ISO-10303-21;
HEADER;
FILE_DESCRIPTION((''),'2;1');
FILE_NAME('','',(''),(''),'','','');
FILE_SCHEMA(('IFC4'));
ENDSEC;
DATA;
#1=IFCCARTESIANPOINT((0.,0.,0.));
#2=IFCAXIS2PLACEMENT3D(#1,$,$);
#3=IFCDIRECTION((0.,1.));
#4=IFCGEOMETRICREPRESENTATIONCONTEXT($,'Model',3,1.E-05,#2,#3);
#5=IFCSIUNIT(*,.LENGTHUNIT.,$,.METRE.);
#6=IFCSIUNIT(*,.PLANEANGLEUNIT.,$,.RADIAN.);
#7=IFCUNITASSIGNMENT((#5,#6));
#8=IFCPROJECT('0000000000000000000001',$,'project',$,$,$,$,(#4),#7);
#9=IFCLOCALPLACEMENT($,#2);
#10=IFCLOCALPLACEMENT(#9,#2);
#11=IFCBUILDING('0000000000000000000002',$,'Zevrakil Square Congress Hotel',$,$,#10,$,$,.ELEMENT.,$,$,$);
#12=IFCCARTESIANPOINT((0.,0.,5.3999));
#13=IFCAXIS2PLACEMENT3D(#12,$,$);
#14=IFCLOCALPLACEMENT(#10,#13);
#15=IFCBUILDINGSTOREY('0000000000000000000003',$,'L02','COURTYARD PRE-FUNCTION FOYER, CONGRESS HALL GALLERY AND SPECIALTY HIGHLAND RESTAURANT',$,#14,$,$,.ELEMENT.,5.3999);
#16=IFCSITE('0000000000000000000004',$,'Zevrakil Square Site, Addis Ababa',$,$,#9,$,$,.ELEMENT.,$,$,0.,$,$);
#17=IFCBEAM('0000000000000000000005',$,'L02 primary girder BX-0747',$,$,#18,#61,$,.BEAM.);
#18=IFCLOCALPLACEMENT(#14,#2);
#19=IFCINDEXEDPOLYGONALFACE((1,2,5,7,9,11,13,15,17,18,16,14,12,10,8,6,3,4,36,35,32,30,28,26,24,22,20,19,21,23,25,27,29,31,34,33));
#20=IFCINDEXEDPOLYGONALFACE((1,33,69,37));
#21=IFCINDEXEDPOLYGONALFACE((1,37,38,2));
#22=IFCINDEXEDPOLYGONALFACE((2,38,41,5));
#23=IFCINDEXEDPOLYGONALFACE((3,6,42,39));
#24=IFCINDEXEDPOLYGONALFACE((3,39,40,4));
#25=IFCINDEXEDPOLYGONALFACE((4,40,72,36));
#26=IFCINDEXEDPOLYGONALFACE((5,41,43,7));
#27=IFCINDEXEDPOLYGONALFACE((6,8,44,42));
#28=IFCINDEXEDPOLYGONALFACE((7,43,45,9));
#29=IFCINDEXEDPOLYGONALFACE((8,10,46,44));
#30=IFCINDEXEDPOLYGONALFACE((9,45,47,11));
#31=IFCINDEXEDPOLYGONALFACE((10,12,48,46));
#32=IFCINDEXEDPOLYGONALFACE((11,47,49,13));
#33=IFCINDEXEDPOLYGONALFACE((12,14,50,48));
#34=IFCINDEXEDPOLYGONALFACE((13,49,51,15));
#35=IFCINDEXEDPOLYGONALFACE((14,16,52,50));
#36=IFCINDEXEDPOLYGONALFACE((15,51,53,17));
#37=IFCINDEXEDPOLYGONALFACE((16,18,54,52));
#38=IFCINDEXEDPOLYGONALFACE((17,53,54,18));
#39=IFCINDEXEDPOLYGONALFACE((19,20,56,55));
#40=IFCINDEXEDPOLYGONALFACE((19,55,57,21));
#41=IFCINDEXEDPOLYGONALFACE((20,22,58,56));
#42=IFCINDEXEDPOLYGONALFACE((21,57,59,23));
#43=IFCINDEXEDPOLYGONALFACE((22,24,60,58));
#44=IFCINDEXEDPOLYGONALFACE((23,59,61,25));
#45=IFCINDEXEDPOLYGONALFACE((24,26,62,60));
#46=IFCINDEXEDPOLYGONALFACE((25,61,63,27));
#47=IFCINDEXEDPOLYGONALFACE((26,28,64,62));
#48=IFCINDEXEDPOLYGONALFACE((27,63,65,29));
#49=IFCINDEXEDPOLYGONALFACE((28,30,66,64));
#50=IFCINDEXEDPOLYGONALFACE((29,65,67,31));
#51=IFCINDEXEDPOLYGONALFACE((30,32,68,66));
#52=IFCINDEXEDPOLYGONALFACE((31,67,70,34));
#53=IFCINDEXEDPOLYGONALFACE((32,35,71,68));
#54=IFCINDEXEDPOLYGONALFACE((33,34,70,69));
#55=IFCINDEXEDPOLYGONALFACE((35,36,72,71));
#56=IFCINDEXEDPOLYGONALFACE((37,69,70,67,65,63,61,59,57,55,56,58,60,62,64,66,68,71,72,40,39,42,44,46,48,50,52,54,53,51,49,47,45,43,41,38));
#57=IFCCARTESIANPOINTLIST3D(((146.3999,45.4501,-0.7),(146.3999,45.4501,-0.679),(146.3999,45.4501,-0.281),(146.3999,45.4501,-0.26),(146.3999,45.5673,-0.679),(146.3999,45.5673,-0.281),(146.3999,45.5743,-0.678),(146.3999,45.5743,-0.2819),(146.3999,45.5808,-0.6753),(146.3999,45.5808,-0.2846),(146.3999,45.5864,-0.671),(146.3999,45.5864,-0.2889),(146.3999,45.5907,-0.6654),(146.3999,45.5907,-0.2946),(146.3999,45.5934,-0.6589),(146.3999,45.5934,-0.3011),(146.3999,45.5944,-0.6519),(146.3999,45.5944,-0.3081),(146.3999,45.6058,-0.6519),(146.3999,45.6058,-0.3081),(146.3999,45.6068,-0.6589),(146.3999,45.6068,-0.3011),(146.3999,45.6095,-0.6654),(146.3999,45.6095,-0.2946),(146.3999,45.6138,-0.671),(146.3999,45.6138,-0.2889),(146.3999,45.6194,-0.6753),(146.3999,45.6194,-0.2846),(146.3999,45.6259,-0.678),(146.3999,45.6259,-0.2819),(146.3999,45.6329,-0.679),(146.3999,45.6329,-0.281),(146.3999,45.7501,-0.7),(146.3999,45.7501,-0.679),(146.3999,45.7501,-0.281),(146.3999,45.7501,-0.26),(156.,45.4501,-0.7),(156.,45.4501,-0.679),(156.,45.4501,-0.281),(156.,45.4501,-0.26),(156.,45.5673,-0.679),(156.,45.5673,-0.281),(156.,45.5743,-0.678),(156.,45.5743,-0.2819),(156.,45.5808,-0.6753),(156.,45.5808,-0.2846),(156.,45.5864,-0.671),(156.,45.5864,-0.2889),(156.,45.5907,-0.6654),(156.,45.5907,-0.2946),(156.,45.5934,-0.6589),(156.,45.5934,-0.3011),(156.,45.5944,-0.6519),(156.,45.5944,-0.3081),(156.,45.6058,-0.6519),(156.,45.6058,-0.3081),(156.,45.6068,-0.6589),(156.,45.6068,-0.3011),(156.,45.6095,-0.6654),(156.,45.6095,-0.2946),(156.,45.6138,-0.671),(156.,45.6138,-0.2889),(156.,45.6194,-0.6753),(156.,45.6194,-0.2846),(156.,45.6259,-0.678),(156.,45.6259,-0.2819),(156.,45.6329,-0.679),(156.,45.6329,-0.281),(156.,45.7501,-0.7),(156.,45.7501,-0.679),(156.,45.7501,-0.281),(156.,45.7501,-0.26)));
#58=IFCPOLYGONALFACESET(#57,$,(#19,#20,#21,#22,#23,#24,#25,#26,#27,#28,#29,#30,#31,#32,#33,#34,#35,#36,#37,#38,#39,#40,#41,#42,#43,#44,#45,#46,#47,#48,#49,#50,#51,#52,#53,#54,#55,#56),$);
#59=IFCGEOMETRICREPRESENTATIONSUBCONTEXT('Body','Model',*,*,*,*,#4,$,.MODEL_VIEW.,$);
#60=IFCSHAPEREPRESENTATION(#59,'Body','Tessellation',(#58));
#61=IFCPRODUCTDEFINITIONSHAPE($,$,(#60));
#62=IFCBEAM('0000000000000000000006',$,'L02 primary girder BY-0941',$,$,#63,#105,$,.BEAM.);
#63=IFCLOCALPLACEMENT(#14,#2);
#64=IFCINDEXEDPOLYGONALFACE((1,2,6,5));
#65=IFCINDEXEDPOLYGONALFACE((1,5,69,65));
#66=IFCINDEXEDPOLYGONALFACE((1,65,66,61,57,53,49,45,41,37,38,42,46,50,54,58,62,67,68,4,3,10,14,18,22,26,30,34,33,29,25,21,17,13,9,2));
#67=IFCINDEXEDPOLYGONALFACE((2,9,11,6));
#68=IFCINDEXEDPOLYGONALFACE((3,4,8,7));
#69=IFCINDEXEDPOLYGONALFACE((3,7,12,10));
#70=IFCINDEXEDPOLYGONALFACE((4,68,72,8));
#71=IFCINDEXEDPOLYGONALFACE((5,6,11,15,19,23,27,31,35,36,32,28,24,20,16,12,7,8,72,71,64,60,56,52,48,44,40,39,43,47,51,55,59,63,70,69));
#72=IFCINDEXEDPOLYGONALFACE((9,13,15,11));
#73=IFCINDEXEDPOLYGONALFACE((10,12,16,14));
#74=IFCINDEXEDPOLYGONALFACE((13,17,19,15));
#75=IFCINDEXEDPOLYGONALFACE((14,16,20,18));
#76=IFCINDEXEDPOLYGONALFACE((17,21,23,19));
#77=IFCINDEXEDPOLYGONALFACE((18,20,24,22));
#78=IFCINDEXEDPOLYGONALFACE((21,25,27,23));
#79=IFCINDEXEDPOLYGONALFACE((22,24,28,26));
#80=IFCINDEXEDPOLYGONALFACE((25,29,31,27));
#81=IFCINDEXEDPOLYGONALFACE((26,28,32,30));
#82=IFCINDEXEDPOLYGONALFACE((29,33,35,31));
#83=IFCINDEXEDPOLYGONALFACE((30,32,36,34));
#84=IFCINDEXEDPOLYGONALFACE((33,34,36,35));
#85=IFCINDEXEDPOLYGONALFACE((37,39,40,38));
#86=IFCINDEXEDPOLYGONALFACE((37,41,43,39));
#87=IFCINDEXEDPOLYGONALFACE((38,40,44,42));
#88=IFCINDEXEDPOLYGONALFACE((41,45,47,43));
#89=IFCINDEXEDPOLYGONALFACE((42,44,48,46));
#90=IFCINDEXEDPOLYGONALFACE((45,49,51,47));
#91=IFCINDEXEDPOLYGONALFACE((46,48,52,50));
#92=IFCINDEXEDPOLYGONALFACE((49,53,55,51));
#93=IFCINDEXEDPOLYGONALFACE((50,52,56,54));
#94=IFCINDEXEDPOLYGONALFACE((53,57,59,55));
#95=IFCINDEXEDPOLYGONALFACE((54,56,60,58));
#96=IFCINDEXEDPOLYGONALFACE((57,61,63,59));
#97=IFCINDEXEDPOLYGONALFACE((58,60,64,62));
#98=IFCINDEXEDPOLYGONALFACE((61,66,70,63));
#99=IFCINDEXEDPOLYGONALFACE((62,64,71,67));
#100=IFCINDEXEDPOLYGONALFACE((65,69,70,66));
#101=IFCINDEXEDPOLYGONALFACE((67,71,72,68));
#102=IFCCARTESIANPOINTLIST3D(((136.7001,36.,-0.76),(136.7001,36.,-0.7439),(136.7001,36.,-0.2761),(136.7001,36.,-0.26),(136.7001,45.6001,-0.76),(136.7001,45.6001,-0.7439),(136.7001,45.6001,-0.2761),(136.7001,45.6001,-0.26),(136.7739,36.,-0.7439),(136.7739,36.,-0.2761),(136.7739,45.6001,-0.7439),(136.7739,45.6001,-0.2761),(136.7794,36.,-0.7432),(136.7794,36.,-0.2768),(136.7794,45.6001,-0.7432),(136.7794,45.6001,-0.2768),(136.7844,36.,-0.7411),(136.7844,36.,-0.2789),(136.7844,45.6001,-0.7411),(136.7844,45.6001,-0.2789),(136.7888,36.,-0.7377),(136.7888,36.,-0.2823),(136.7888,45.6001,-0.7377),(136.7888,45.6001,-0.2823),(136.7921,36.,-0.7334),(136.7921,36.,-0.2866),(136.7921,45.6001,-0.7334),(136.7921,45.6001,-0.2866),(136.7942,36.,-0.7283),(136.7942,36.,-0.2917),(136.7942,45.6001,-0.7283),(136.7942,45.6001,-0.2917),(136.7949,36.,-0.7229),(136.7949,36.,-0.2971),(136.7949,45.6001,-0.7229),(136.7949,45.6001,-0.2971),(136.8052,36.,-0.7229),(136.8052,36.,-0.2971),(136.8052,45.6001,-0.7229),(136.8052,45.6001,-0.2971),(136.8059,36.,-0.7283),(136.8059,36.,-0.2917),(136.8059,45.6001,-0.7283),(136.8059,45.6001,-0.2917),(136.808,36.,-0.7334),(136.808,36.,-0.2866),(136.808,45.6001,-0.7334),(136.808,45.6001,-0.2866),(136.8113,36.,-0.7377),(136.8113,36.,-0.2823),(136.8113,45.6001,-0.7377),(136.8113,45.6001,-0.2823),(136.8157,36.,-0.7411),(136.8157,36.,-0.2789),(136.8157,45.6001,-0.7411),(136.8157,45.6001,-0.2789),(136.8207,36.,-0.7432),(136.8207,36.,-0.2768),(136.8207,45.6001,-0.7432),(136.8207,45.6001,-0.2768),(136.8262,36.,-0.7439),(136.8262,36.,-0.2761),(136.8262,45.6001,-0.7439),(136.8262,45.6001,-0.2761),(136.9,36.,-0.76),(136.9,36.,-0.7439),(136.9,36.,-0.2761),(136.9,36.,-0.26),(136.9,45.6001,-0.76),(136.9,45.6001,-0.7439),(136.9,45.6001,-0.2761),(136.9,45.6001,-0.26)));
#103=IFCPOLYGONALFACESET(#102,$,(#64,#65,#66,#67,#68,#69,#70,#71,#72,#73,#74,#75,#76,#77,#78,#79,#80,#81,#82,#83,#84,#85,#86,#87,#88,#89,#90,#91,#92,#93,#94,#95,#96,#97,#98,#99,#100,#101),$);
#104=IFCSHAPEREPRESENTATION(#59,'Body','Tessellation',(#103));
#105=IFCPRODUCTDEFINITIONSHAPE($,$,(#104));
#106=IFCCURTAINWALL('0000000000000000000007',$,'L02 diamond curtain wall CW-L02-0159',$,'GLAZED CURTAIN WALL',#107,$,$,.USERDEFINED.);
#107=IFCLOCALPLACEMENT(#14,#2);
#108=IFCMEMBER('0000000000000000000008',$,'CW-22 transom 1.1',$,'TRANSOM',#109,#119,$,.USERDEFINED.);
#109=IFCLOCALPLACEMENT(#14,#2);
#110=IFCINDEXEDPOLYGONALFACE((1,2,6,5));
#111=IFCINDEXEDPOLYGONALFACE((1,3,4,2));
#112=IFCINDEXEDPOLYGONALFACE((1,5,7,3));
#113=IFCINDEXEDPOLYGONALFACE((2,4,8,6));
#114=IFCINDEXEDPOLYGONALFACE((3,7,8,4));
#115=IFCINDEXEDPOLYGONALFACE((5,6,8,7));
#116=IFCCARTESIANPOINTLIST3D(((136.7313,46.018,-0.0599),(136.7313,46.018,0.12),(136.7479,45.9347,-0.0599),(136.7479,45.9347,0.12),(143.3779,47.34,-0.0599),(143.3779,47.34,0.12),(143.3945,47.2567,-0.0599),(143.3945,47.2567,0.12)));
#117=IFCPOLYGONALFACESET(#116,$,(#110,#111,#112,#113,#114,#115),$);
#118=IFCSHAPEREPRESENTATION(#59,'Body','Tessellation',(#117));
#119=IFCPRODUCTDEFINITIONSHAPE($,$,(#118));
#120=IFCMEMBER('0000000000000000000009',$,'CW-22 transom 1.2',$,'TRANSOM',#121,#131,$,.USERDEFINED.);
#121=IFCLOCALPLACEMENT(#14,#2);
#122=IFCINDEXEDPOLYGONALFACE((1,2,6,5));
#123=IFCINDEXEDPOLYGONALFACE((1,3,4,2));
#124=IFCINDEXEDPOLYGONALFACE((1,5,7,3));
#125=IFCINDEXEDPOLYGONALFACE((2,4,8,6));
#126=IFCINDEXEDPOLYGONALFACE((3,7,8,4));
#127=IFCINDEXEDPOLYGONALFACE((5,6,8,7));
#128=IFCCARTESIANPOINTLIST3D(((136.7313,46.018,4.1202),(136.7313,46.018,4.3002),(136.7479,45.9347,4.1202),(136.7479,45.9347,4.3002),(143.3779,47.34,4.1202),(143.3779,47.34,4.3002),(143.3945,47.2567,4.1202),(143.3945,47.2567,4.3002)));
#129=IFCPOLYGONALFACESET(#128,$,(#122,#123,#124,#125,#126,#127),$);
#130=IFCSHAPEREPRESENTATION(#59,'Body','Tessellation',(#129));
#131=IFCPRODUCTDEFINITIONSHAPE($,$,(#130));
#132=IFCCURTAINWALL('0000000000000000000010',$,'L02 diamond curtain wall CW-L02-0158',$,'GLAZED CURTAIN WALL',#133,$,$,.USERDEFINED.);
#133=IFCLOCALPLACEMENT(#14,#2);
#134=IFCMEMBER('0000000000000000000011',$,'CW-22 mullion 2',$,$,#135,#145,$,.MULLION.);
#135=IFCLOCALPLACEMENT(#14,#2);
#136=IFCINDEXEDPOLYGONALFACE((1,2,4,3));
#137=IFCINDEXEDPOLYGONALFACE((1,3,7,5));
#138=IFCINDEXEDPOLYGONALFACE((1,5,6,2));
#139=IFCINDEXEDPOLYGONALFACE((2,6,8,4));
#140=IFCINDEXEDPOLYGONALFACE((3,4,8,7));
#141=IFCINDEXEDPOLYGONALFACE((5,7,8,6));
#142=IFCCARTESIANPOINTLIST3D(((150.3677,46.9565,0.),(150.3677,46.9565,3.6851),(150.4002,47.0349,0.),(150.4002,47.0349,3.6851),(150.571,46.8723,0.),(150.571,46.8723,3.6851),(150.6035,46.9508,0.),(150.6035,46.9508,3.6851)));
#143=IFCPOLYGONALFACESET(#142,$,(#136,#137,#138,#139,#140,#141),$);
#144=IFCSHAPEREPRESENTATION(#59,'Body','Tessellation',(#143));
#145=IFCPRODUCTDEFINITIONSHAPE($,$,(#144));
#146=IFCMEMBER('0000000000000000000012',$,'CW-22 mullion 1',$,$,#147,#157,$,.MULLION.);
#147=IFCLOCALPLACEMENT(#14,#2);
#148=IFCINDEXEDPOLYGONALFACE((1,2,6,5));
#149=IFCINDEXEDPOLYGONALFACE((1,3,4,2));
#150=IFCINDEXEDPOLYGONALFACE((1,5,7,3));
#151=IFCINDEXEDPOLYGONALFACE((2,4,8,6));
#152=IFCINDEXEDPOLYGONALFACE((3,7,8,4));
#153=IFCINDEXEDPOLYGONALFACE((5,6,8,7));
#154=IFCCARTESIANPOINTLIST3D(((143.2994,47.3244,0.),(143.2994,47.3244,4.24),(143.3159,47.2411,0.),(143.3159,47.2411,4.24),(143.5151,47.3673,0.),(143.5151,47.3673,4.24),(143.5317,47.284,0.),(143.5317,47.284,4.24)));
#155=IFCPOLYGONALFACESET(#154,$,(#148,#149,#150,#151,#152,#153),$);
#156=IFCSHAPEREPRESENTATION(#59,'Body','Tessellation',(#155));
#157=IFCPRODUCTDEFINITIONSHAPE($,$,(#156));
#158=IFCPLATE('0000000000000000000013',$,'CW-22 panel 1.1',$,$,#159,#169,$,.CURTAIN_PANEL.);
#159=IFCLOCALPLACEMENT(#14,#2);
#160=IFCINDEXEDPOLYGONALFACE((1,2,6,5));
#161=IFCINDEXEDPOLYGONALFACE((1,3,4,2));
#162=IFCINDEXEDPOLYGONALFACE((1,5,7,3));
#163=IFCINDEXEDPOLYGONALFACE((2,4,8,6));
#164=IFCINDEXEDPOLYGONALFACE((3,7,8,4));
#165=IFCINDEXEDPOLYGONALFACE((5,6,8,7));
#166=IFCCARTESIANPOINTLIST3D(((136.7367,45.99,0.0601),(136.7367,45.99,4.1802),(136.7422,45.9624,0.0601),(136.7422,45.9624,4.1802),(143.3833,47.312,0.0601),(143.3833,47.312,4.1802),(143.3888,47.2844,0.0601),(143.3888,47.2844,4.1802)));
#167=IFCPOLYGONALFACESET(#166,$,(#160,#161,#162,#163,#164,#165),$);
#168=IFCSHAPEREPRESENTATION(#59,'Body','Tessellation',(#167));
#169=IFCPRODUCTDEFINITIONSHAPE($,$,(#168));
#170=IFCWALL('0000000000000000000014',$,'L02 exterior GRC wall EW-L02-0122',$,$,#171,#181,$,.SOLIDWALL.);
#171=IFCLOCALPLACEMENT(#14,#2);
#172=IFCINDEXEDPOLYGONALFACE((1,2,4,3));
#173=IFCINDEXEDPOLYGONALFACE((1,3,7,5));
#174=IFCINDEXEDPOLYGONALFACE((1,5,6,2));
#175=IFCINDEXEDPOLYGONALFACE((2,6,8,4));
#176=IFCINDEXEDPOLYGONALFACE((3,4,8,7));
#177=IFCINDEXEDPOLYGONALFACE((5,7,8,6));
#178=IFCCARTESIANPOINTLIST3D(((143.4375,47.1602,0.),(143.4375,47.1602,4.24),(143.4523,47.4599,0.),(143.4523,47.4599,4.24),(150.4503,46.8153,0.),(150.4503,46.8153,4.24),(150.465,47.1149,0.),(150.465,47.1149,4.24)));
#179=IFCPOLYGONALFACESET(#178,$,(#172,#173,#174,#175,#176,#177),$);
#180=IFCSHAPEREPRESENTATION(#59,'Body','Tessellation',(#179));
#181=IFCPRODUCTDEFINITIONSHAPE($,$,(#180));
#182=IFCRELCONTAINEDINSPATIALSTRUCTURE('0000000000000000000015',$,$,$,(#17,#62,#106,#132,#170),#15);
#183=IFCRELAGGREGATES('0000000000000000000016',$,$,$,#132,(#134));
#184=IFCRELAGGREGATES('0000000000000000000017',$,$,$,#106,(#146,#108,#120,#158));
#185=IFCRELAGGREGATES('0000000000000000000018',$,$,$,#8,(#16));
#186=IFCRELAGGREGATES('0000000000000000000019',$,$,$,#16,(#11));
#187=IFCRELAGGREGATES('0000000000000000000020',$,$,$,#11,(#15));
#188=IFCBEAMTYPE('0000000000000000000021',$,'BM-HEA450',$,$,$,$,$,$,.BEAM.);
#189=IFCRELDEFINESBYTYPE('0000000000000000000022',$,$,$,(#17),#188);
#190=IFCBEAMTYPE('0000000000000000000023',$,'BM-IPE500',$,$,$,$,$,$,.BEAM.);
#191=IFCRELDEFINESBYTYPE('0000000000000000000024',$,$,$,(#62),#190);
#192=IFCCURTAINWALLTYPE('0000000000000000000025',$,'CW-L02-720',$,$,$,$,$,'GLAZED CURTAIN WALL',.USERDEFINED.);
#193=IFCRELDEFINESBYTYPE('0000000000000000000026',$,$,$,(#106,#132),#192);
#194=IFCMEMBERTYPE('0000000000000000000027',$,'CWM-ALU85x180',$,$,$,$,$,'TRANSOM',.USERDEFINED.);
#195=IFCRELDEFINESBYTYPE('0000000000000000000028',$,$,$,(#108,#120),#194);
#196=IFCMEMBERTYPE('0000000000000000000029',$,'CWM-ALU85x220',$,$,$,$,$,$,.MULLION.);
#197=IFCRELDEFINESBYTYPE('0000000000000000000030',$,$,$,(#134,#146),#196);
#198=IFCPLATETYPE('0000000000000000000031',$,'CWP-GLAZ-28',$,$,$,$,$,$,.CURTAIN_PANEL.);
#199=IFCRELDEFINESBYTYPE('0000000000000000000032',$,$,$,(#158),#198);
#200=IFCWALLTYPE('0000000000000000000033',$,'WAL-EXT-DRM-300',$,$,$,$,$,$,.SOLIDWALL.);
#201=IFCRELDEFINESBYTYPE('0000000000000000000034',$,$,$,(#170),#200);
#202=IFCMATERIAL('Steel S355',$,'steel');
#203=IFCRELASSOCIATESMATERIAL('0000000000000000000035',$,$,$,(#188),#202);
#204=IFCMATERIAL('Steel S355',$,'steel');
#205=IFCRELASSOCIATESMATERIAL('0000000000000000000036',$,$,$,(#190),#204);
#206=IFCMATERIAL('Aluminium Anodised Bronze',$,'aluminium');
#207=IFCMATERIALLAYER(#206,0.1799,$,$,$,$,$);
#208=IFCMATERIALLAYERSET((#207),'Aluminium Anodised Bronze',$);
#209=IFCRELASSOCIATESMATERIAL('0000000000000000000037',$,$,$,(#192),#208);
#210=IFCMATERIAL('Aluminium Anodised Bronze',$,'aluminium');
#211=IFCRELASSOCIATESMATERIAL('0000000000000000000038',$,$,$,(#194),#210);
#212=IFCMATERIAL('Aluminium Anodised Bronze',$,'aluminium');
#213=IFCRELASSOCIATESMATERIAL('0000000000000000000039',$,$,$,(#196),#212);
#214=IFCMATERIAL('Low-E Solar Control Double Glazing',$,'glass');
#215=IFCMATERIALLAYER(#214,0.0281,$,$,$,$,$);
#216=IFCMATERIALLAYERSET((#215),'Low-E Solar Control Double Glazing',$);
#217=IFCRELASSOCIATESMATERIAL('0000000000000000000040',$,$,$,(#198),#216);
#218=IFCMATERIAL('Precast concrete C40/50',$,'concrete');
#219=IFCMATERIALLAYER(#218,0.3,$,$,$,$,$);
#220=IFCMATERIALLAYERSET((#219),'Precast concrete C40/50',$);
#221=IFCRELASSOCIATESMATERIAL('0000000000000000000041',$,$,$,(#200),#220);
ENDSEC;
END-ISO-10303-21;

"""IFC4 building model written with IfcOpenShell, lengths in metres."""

from ifc_helpers import new_model, si_unit, direction, frame, frame_2d, origin, origin_2d, place, context, subcontext, project, spatial, rectangle, i_section, extrude, material, layer, layer_set, material_profile, profile_set, type_object, element, aggregate, save


model = new_model("IFC4")

# Units and contexts
model_context = context("Model", 3, precision=1e-05, world=origin(), true_north=direction((0.0, 1.0)))
body_context = subcontext(model_context, "Body", "Model", "MODEL_VIEW")
ifc_project = project(units=[si_unit("LENGTHUNIT", "METRE"), si_unit("PLANEANGLEUNIT", "RADIAN")], contexts=[model_context])

# Site, building, storey
site_placement = place(None, origin())
site = spatial("IfcSite", under=ifc_project, at=site_placement, Name="Zevrakil Square Site, Addis Ababa", CompositionType="ELEMENT", RefElevation=0.0)
building_placement = place(site_placement, origin())
building = spatial("IfcBuilding", under=site, at=building_placement, Name="Zevrakil Square Congress Hotel", CompositionType="ELEMENT")
storey_placement = place(building_placement, frame((0.0, 0.0, 5.3999)))
storey = spatial("IfcBuildingStorey", under=building, at=storey_placement, Name="L02", Description="COURTYARD PRE-FUNCTION FOYER, CONGRESS HALL GALLERY AND SPECIALTY HIGHLAND RESTAURANT", CompositionType="ELEMENT", Elevation=5.3999)

# Beams
ifc_material_1 = material(Name="Steel S355", Category="steel")
ifc_material_profile_1 = material_profile(ifc_material_1, i_section(OverallWidth=0.3, OverallDepth=0.4399, WebThickness=0.0115, FlangeThickness=0.021, FilletRadius=0.0271, at=origin_2d()), Name="HEA 450")
ifc_profile_set_1 = profile_set([ifc_material_profile_1], Name="Steel S355")
beam_type_1 = type_object("IfcBeamType", Name="BM-HEA450", PredefinedType="BEAM", material=ifc_profile_set_1)
beam_1_placement = place(storey_placement, frame((146.3999, 45.6001, -0.48), z_axis=(1.0, 0.0, 0.0), x_axis=(0.0, 1.0, 0.0)))
element("IfcBeam", 1, at=beam_1_placement, inside=storey, type_object=beam_type_1, Name="L02 primary girder BX-0747", PredefinedType="BEAM", context=body_context, shape_type="SweptSolid", body=[
    extrude(i_section(OverallWidth=0.3, OverallDepth=0.4399, WebThickness=0.0115, FlangeThickness=0.021, FilletRadius=0.0271, at=origin_2d()), origin(), (0.0, 0.0, 1.0), 9.6001),
])
ifc_material_2 = material(Name="Steel S355", Category="steel")
ifc_material_profile_2 = material_profile(ifc_material_2, i_section(OverallWidth=0.2, OverallDepth=0.5, WebThickness=0.0103, FlangeThickness=0.0161, FilletRadius=0.021, at=origin_2d()), Name="IPE 500")
ifc_profile_set_2 = profile_set([ifc_material_profile_2], Name="Steel S355")
beam_type_2 = type_object("IfcBeamType", Name="BM-IPE500", PredefinedType="BEAM", material=ifc_profile_set_2)
beam_2_placement = place(storey_placement, frame((136.8, 36.0, -0.51), z_axis=(0.0, 1.0, 0.0), x_axis=(-1.0, 0.0, 0.0)))
element("IfcBeam", 2, at=beam_2_placement, inside=storey, type_object=beam_type_2, Name="L02 primary girder BY-0941", PredefinedType="BEAM", context=body_context, shape_type="SweptSolid", body=[
    extrude(i_section(OverallWidth=0.2, OverallDepth=0.5, WebThickness=0.0103, FlangeThickness=0.0161, FilletRadius=0.021, at=origin_2d()), origin(), (0.0, 0.0, 1.0), 9.6001),
])

# Curtain wall, members
ifc_material_3 = material(Name="Aluminium Anodised Bronze", Category="aluminium")
ifc_layer_1 = layer(ifc_material_3, 0.1799)
ifc_layer_set_1 = layer_set([ifc_layer_1], Name="Aluminium Anodised Bronze")
curtain_wall_type = type_object("IfcCurtainWallType", Name="CW-L02-720", ElementType="GLAZED CURTAIN WALL", PredefinedType="USERDEFINED", material=ifc_layer_set_1)
curtain_wall_1_placement = place(storey_placement, origin())
curtain_wall_1 = element("IfcCurtainWall", 3, at=curtain_wall_1_placement, inside=storey, type_object=curtain_wall_type, Name="L02 diamond curtain wall CW-L02-0159", ObjectType="GLAZED CURTAIN WALL", PredefinedType="USERDEFINED")
ifc_material_4 = material(Name="Aluminium Anodised Bronze", Category="aluminium")
ifc_material_profile_3 = material_profile(ifc_material_4, rectangle(XDim=0.085, YDim=0.1799, at=origin_2d()), Name="ALU 85x180")
ifc_profile_set_3 = profile_set([ifc_material_profile_3], Name="Aluminium Anodised Bronze")
member_type_1 = type_object("IfcMemberType", Name="CWM-ALU85x180", ElementType="TRANSOM", PredefinedType="USERDEFINED", material=ifc_profile_set_3)
member_1_placement = place(storey_placement, frame((143.3862, 47.2983, 0.03), z_axis=(-0.980788, -0.195077, 0.0), x_axis=(0.195077, -0.980788, 0.0)))
member_1 = element("IfcMember", 4, at=member_1_placement, type_object=member_type_1, Name="CW-22 transom 1.1", ObjectType="TRANSOM", PredefinedType="USERDEFINED", context=body_context, shape_type="SweptSolid", body=[
    extrude(rectangle(XDim=0.085, YDim=0.1799, at=origin_2d()), origin(), (0.0, 0.0, 1.0), 6.7769),
])
member_2_placement = place(storey_placement, frame((143.3862, 47.2983, 4.2102), z_axis=(-0.980788, -0.195077, 0.0), x_axis=(0.195077, -0.980788, 0.0)))
member_2 = element("IfcMember", 5, at=member_2_placement, type_object=member_type_1, Name="CW-22 transom 1.2", ObjectType="TRANSOM", PredefinedType="USERDEFINED", context=body_context, shape_type="SweptSolid", body=[
    extrude(rectangle(XDim=0.085, YDim=0.1799, at=origin_2d()), origin(), (0.0, 0.0, 1.0), 6.7769),
])

# Curtain wall, member
curtain_wall_2_placement = place(storey_placement, origin())
curtain_wall_2 = element("IfcCurtainWall", 6, at=curtain_wall_2_placement, inside=storey, type_object=curtain_wall_type, Name="L02 diamond curtain wall CW-L02-0158", ObjectType="GLAZED CURTAIN WALL", PredefinedType="USERDEFINED")
ifc_material_5 = material(Name="Aluminium Anodised Bronze", Category="aluminium")
ifc_material_profile_4 = material_profile(ifc_material_5, rectangle(XDim=0.085, YDim=0.22, at=origin_2d()), Name="ALU 85x220")
ifc_profile_set_4 = profile_set([ifc_material_profile_4], Name="Aluminium Anodised Bronze")
member_type_2 = type_object("IfcMemberType", Name="CWM-ALU85x220", PredefinedType="MULLION", material=ifc_profile_set_4)
member_3_placement = place(storey_placement, frame((150.4856, 46.9536, 0.0), z_axis=(0.0, 0.0, 1.0), x_axis=(-0.382684, -0.923879, 0.0)))
member_3 = element("IfcMember", 7, at=member_3_placement, type_object=member_type_2, Name="CW-22 mullion 2", PredefinedType="MULLION", context=body_context, shape_type="SweptSolid", body=[
    extrude(rectangle(XDim=0.085, YDim=0.22, at=origin_2d()), origin(), (0.0, 0.0, 1.0), 3.6851),
])
aggregate(curtain_wall_2, [member_3])

# Member
member_4_placement = place(storey_placement, frame((143.4155, 47.3042, 0.0), z_axis=(0.0, 0.0, 1.0), x_axis=(0.195076, -0.980788, 0.0)))
member_4 = element("IfcMember", 8, at=member_4_placement, type_object=member_type_2, Name="CW-22 mullion 1", PredefinedType="MULLION", context=body_context, shape_type="SweptSolid", body=[
    extrude(rectangle(XDim=0.085, YDim=0.22, at=origin_2d()), origin(), (0.0, 0.0, 1.0), 4.24),
])

# Plate
ifc_material_6 = material(Name="Low-E Solar Control Double Glazing", Category="glass")
ifc_layer_2 = layer(ifc_material_6, 0.0281)
ifc_layer_set_2 = layer_set([ifc_layer_2], Name="Low-E Solar Control Double Glazing")
plate_type = type_object("IfcPlateType", Name="CWP-GLAZ-28", PredefinedType="CURTAIN_PANEL", material=ifc_layer_set_2)
plate_placement = place(storey_placement, frame((140.0627, 46.6372, 0.0601), z_axis=(0.0, 0.0, 1.0), x_axis=(-0.980788, -0.195076, 0.0)))
plate = element("IfcPlate", 9, at=plate_placement, type_object=plate_type, Name="CW-22 panel 1.1", PredefinedType="CURTAIN_PANEL", context=body_context, shape_type="SweptSolid", body=[
    extrude(rectangle(XDim=6.7769, YDim=0.0281, at=origin_2d()), origin(), (0.0, 0.0, 1.0), 4.1201),
])
aggregate(curtain_wall_1, [member_4, member_1, member_2, plate])

# Wall
ifc_material_7 = material(Name="Precast concrete C40/50", Category="concrete")
ifc_layer_3 = layer(ifc_material_7, 0.3)
ifc_layer_set_3 = layer_set([ifc_layer_3], Name="Precast concrete C40/50")
wall_type_1 = type_object("IfcWallType", Name="WAL-EXT-DRM-300", PredefinedType="SOLIDWALL", material=ifc_layer_set_3)
wall_1_placement = place(storey_placement, frame((150.4578, 46.9651, 0.0), z_axis=(0.0, 0.0, 1.0), x_axis=(-0.998792, 0.049133, 0.0)))
element("IfcWall", 10, at=wall_1_placement, inside=storey, type_object=wall_type_1, Name="L02 exterior GRC wall EW-L02-0122", PredefinedType="SOLIDWALL", context=body_context, shape_type="SweptSolid", body=[
    extrude(rectangle(XDim=7.0212, YDim=0.3, at=frame_2d((3.5107, 0.0))), origin(), (0.0, 0.0, 1.0), 4.24),
])

save(model, "model.ifc")
